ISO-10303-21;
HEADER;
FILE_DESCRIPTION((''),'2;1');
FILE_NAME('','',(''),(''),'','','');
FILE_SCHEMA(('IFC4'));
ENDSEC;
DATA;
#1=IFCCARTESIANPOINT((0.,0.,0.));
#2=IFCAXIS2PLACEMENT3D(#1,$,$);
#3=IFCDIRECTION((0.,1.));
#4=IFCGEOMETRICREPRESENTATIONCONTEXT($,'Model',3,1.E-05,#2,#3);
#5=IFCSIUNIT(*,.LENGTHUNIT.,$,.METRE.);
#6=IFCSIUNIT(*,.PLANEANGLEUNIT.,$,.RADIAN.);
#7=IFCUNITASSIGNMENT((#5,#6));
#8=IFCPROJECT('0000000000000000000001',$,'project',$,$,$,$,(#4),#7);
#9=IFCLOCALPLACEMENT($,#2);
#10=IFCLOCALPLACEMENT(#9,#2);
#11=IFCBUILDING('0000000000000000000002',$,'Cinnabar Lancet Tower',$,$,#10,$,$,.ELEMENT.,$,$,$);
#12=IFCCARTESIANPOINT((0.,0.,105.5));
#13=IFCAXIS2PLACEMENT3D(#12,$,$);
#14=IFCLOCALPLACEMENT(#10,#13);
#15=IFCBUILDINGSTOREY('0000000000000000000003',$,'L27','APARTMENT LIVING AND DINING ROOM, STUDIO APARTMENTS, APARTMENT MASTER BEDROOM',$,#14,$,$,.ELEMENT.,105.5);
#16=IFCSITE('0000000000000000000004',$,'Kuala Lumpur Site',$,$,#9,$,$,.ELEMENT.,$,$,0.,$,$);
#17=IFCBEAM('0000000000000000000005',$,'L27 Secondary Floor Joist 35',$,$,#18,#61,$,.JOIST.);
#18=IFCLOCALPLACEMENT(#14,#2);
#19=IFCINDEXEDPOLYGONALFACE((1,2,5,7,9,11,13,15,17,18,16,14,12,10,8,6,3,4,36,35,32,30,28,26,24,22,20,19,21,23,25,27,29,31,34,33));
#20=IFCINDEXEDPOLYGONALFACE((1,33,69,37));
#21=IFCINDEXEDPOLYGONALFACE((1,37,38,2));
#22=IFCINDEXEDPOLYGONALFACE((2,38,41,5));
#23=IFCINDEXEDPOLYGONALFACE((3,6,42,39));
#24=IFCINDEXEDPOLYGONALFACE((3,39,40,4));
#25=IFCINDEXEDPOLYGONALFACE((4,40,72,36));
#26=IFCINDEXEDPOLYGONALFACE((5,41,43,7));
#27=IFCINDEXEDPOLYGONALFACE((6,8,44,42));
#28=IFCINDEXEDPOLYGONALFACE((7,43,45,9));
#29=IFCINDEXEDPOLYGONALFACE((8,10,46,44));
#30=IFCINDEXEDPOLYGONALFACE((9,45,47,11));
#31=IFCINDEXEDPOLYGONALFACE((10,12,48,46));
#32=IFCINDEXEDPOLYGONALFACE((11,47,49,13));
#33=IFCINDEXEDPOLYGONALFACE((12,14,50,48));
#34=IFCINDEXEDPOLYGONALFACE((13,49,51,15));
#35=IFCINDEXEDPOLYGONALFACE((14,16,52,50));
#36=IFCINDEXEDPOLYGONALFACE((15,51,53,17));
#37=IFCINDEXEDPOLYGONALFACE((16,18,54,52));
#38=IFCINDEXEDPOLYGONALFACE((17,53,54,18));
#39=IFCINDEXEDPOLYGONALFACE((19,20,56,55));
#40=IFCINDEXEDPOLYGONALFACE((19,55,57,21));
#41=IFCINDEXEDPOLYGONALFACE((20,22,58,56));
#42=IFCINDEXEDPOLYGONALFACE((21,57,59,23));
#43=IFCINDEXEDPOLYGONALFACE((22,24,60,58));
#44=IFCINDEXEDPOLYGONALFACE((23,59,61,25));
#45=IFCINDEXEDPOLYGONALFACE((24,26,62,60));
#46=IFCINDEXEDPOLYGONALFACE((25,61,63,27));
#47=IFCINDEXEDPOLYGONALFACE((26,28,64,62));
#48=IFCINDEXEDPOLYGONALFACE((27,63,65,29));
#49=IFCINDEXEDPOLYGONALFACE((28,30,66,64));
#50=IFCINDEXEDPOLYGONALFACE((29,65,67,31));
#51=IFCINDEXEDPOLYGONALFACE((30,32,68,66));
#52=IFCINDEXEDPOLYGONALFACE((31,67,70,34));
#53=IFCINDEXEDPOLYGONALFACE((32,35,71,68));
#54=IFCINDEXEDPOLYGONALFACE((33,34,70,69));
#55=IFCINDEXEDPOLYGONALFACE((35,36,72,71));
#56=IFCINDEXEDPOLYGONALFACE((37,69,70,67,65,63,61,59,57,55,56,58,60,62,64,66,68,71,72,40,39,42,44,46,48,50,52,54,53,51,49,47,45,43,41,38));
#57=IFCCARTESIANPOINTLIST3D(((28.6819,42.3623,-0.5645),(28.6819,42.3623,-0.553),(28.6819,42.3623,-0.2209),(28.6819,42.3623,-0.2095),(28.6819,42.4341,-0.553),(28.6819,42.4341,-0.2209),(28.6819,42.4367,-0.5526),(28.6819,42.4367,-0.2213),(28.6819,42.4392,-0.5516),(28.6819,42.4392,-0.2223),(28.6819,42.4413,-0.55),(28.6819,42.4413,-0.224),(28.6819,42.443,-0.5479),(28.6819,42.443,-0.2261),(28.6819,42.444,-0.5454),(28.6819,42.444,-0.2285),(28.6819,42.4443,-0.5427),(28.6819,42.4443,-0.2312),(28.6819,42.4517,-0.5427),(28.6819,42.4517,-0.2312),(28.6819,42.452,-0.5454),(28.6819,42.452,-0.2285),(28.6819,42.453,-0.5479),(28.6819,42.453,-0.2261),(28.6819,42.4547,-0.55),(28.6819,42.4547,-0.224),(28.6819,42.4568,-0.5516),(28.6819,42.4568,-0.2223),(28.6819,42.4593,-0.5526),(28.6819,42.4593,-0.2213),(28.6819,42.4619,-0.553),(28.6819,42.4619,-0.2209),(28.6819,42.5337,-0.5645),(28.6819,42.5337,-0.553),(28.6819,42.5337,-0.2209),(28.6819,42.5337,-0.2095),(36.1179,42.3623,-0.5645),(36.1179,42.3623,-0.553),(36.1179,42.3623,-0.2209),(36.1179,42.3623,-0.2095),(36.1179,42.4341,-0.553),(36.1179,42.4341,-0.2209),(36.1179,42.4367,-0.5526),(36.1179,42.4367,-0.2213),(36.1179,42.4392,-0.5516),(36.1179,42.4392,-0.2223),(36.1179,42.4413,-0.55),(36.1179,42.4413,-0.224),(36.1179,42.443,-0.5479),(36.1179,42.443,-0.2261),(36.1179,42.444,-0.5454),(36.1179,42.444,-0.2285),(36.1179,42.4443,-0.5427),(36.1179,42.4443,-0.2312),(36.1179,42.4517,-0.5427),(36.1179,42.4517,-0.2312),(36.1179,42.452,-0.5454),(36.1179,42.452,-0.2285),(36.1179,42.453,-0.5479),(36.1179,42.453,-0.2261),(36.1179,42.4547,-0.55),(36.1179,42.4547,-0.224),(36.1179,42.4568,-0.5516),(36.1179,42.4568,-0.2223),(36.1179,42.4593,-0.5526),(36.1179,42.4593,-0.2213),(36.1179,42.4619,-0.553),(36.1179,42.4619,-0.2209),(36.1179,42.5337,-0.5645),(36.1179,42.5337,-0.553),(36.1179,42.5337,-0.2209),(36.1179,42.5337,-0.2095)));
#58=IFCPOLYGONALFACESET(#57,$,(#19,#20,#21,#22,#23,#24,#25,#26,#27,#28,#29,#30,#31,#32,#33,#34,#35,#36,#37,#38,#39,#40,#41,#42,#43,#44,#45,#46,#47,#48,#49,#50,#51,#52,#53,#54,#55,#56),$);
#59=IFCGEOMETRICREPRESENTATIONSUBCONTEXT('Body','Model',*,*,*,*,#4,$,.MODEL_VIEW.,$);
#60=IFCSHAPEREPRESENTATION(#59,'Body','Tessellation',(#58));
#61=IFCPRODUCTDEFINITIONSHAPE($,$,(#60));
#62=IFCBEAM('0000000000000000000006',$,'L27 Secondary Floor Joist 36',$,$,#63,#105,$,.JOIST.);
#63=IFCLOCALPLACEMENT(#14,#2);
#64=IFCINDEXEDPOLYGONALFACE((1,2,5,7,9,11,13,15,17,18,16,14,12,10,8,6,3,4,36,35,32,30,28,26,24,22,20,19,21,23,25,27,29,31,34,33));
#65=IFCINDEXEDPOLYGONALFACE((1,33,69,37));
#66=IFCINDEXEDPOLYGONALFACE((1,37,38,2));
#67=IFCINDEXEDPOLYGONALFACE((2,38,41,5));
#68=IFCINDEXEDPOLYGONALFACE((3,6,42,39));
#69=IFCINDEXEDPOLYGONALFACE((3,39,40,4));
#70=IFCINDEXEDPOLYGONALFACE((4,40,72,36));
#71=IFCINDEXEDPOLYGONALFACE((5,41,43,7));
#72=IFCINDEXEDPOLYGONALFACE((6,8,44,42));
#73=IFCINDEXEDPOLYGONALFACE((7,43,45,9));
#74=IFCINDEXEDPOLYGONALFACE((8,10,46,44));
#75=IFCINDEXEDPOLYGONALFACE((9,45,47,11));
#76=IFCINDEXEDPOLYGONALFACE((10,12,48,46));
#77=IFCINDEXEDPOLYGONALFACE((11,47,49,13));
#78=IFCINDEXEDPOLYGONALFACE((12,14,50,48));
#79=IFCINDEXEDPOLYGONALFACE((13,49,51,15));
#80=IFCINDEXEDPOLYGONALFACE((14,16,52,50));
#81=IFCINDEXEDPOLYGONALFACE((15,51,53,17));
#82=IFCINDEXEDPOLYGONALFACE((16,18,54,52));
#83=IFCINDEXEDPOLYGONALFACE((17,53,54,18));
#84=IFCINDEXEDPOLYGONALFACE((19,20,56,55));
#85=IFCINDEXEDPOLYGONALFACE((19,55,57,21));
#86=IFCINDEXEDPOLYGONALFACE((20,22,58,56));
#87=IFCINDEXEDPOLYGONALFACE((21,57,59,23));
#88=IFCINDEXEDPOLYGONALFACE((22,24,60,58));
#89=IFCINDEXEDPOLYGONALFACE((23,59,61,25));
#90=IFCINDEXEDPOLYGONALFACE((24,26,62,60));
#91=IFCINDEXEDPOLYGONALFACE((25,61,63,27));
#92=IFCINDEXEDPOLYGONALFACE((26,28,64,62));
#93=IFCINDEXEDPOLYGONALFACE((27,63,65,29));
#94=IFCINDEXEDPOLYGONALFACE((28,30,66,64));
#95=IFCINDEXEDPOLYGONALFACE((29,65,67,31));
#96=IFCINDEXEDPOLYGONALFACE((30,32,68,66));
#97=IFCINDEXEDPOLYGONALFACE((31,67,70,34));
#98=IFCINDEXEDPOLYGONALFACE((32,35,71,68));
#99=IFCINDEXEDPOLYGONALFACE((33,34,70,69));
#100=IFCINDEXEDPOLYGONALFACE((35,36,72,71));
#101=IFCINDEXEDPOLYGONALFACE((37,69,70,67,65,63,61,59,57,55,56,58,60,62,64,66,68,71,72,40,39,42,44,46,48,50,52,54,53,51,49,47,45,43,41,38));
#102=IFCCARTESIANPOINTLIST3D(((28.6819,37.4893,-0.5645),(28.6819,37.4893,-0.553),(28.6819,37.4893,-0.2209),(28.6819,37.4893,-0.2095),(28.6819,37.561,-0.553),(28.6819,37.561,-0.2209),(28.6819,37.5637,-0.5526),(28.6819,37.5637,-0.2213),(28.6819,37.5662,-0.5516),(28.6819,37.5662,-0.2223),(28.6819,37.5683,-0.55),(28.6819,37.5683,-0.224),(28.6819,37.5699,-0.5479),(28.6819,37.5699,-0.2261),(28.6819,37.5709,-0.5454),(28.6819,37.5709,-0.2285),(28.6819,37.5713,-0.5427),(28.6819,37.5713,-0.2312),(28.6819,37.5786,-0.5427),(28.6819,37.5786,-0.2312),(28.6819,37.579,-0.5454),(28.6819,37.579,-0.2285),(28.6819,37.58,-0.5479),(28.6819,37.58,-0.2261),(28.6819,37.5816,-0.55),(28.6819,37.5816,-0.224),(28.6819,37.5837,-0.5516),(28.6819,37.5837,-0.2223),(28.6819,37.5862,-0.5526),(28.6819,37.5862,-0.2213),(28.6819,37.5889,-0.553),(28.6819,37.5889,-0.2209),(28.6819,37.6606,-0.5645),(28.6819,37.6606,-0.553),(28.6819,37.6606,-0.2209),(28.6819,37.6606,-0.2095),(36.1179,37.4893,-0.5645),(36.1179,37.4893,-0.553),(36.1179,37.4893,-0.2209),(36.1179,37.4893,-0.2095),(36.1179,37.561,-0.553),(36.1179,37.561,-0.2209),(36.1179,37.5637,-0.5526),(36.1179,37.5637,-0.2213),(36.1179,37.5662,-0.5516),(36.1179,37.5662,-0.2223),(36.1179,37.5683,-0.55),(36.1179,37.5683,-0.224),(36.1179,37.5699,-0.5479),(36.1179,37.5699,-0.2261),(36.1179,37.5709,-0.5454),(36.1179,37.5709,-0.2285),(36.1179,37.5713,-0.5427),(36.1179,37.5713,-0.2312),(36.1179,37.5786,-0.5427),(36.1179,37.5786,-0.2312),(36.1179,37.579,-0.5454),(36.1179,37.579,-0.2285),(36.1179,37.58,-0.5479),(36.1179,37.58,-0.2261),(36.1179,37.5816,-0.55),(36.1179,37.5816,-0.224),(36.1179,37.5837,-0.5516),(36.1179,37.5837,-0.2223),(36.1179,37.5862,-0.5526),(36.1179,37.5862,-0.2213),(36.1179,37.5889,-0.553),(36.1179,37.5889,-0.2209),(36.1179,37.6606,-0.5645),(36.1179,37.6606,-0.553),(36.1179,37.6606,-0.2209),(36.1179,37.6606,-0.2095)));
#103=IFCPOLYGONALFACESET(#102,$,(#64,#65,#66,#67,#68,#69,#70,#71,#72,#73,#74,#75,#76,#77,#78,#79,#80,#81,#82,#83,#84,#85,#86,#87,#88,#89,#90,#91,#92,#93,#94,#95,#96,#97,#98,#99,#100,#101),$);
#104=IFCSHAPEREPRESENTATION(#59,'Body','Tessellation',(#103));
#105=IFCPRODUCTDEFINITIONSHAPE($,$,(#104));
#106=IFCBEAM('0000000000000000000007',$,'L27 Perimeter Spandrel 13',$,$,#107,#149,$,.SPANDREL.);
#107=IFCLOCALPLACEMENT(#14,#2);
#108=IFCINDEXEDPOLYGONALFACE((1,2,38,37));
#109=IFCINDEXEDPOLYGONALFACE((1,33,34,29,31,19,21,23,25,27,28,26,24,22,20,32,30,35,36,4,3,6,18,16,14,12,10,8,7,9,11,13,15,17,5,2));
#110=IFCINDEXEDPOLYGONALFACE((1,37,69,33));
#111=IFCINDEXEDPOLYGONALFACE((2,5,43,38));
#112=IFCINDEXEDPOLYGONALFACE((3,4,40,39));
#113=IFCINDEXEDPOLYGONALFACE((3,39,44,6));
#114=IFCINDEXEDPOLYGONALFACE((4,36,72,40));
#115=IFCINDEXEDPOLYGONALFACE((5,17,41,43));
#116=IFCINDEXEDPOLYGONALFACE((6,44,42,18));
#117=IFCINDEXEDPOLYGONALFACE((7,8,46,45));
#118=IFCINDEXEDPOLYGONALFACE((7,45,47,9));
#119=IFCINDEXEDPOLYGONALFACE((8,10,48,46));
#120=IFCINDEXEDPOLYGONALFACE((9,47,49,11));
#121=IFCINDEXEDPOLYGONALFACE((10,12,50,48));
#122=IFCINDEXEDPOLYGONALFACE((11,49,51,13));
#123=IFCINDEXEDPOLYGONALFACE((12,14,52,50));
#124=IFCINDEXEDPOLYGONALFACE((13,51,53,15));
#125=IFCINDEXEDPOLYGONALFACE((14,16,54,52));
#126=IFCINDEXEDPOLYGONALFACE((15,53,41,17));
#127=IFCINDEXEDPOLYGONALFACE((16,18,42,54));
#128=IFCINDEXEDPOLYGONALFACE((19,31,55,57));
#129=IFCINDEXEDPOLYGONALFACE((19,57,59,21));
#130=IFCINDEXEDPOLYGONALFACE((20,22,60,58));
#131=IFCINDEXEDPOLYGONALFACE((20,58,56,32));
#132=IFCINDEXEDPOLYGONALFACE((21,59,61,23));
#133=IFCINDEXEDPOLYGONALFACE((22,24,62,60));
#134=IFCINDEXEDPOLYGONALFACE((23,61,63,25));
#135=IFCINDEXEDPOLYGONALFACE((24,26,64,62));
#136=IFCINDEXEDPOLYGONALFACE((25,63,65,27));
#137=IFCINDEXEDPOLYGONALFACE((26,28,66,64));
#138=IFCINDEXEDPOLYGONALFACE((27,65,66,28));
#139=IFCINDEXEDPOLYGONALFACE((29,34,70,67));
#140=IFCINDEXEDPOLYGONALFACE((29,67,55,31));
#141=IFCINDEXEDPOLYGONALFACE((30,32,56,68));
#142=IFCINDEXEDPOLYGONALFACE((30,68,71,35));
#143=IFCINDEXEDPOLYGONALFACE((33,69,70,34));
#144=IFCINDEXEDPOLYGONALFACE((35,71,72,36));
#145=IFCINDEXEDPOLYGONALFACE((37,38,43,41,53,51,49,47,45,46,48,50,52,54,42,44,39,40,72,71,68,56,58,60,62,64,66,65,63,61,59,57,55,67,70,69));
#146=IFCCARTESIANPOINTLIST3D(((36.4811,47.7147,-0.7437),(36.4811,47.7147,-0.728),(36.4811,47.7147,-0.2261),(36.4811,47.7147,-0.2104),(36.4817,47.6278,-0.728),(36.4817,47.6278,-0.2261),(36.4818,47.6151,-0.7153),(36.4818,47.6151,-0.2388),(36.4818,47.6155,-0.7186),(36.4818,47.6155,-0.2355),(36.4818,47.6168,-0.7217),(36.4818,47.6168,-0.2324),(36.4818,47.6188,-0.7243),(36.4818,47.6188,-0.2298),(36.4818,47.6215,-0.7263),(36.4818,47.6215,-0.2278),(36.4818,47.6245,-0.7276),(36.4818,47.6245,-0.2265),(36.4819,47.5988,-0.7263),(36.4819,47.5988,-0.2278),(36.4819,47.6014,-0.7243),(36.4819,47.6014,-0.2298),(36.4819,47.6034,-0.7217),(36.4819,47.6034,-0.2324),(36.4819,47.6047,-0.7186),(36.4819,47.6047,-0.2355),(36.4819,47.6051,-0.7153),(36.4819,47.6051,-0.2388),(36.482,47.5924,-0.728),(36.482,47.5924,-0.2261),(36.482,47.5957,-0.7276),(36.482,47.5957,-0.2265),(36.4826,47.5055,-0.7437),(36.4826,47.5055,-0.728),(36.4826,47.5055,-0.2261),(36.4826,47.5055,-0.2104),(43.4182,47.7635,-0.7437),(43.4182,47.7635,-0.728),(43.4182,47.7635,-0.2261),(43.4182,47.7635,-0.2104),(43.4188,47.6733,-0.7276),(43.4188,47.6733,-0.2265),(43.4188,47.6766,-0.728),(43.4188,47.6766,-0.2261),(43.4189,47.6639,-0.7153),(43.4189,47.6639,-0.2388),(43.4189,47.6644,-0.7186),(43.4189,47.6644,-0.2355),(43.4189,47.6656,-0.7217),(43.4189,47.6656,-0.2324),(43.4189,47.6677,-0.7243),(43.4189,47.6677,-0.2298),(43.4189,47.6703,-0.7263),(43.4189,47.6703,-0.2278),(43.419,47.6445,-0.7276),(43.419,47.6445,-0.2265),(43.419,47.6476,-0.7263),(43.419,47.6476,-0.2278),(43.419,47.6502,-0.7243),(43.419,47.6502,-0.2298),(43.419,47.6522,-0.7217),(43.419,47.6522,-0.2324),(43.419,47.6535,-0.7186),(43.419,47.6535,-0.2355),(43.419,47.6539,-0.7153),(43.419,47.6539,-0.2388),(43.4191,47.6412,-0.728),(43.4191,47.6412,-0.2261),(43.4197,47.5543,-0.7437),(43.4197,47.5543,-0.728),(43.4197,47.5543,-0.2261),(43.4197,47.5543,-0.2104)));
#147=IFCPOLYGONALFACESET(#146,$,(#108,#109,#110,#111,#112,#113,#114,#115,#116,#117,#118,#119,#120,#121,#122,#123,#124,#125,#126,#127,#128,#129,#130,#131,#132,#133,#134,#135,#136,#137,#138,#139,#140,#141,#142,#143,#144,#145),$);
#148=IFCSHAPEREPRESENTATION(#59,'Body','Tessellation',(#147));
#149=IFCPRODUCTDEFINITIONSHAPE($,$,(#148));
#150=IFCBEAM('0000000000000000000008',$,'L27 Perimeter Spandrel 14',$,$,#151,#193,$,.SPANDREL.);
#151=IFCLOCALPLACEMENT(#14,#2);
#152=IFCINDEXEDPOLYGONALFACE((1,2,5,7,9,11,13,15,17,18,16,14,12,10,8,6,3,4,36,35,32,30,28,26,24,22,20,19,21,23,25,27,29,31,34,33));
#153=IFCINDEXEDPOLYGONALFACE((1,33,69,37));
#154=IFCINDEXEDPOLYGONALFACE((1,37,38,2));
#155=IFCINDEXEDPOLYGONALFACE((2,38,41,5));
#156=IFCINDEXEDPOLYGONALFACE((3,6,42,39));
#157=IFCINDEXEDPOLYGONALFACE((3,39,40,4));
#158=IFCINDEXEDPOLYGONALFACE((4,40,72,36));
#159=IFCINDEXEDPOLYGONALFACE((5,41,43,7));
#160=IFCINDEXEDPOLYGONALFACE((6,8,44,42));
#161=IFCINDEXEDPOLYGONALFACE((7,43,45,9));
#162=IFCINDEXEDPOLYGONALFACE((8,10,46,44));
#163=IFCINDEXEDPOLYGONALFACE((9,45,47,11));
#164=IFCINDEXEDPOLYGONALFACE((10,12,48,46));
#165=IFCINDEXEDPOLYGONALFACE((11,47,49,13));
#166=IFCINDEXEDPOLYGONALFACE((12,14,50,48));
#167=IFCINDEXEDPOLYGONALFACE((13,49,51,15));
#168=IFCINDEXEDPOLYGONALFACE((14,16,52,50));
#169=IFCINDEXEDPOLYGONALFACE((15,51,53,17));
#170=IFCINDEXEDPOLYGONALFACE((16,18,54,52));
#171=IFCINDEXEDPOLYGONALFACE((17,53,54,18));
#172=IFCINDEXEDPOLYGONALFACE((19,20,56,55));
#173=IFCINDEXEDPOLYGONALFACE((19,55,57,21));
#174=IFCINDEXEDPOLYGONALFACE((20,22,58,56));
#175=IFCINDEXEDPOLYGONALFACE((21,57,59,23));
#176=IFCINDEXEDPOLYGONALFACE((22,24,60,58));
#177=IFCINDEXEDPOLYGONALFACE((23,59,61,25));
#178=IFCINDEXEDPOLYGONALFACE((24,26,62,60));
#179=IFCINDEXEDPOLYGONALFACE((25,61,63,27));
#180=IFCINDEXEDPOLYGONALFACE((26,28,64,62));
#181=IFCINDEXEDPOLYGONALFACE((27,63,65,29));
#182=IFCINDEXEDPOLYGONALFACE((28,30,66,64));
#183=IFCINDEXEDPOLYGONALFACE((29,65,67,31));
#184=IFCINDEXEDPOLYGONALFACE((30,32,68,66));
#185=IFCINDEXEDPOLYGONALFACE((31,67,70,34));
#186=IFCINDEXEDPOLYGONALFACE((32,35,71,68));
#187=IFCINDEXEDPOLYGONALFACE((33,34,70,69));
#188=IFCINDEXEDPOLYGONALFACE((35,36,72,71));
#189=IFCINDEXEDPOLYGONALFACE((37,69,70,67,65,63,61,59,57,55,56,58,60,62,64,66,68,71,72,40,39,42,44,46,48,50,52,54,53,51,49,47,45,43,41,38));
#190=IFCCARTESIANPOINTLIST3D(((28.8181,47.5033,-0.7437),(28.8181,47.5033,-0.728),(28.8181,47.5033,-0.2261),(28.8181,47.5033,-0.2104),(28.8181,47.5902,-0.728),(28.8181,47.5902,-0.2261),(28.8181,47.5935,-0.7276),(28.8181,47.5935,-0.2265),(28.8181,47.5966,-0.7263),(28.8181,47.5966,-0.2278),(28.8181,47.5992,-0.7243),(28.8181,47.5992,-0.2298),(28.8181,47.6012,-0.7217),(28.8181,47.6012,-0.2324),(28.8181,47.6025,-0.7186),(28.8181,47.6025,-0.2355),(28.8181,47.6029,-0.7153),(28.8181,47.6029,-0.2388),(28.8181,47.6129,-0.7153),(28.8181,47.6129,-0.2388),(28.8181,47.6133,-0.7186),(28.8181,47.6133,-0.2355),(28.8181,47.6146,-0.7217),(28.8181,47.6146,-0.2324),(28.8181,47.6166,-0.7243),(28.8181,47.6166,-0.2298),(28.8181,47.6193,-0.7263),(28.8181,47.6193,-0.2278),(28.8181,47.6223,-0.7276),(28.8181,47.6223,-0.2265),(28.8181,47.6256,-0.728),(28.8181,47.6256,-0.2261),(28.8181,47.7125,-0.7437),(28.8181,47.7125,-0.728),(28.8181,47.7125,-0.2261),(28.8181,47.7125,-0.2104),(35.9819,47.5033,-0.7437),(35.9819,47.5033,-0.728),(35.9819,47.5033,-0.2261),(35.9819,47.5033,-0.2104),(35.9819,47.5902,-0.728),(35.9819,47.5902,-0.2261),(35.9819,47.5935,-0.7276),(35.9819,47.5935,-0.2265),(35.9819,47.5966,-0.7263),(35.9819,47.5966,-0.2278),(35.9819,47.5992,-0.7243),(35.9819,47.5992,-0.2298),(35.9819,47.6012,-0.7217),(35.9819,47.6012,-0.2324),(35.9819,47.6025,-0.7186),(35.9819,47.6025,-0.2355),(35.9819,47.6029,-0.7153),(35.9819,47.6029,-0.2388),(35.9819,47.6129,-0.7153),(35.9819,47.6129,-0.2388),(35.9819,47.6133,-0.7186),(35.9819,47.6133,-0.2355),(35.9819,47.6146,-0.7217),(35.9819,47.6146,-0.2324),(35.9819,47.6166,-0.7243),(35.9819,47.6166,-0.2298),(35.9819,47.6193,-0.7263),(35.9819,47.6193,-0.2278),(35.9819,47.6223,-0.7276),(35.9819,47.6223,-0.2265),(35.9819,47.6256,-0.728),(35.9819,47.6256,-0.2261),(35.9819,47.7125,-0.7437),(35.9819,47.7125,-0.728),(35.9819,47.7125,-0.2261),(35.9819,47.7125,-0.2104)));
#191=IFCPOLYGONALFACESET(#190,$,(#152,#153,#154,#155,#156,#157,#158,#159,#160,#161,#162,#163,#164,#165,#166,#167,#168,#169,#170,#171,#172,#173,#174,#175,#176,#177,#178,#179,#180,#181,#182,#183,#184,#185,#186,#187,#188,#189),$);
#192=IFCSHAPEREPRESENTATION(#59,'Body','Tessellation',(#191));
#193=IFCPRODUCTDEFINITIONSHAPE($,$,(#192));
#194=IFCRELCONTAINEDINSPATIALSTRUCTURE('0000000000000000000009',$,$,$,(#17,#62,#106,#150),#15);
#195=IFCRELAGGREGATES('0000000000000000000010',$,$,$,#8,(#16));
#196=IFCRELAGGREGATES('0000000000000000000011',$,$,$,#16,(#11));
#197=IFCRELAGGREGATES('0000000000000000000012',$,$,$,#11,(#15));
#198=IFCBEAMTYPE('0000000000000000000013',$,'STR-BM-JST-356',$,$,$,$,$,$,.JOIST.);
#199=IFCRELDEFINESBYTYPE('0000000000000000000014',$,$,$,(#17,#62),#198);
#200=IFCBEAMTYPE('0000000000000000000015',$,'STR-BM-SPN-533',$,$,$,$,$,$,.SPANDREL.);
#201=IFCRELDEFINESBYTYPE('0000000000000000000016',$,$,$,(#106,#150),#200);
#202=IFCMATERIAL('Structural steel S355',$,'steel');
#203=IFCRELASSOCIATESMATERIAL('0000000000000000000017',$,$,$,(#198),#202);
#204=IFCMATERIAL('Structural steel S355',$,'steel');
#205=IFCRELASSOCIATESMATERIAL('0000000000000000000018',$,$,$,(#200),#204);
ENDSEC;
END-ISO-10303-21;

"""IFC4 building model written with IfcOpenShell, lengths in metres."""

from ifc_helpers import new_model, si_unit, direction, frame, origin, origin_2d, place, context, subcontext, project, spatial, i_section, extrude, material, material_profile, profile_set, type_object, element, save


model = new_model("IFC4")

# Units and contexts
model_context = context("Model", 3, precision=1e-05, world=origin(), true_north=direction((0.0, 1.0)))
body_context = subcontext(model_context, "Body", "Model", "MODEL_VIEW")
ifc_project = project(units=[si_unit("LENGTHUNIT", "METRE"), si_unit("PLANEANGLEUNIT", "RADIAN")], contexts=[model_context])

# Site, building, storey
site_placement = place(None, origin())
site = spatial("IfcSite", under=ifc_project, at=site_placement, Name="Kuala Lumpur Site", CompositionType="ELEMENT", RefElevation=0.0)
building_placement = place(site_placement, origin())
building = spatial("IfcBuilding", under=site, at=building_placement, Name="Cinnabar Lancet Tower", CompositionType="ELEMENT")
storey_placement = place(building_placement, frame((0.0, 0.0, 105.5)))
storey = spatial("IfcBuildingStorey", under=building, at=storey_placement, Name="L27", Description="APARTMENT LIVING AND DINING ROOM, STUDIO APARTMENTS, APARTMENT MASTER BEDROOM", CompositionType="ELEMENT", Elevation=105.5)

# Beams
ifc_material_1 = material(Name="Structural steel S355", Category="steel")
ifc_material_profile_1 = material_profile(ifc_material_1, i_section(OverallWidth=0.1714, OverallDepth=0.355, WebThickness=0.0073, FlangeThickness=0.0115, FilletRadius=0.0103, at=origin_2d()), Name="UKB 356x171x51")
ifc_profile_set_1 = profile_set([ifc_material_profile_1], Name="Structural steel S355")
beam_type_1 = type_object("IfcBeamType", Name="STR-BM-JST-356", PredefinedType="JOIST", material=ifc_profile_set_1)
for number, where, z_axis, x_axis, name in (
    (1, (36.1179, 42.448, -0.387), (-1.0, 0.0, 0.0), (0.0, -1.0, 0.0), "L27 Secondary Floor Joist 35"),
    (2, (36.1179, 37.575, -0.387), (-1.0, 0.0, 0.0), (0.0, -1.0, 0.0), "L27 Secondary Floor Joist 36"),
):
    element("IfcBeam", number, at=place(storey_placement, frame(where, z_axis=z_axis, x_axis=x_axis)), inside=storey, type_object=beam_type_1, Name=name, PredefinedType="JOIST", context=body_context, shape_type="SweptSolid", body=[
        extrude(i_section(OverallWidth=0.1714, OverallDepth=0.355, WebThickness=0.0073, FlangeThickness=0.0115, FilletRadius=0.0103, at=origin_2d()), origin(), (0.0, 0.0, 1.0), 7.436),
    ])
ifc_material_2 = material(Name="Structural steel S355", Category="steel")
ifc_material_profile_2 = material_profile(ifc_material_2, i_section(OverallWidth=0.2092, OverallDepth=0.5332, WebThickness=0.01, FlangeThickness=0.0156, FilletRadius=0.0127, at=origin_2d()), Name="UKB 533x210x92")
ifc_profile_set_2 = profile_set([ifc_material_profile_2], Name="Structural steel S355")
beam_type_2 = type_object("IfcBeamType", Name="STR-BM-SPN-533", PredefinedType="SPANDREL", material=ifc_profile_set_2)
beam_1_placement = place(storey_placement, frame((43.4189, 47.6589, -0.4771), z_axis=(-0.999975, -0.007039, 0.0), x_axis=(0.007039, -0.999975, 0.0)))
element("IfcBeam", 3, at=beam_1_placement, inside=storey, type_object=beam_type_2, Name="L27 Perimeter Spandrel 13", PredefinedType="SPANDREL", context=body_context, shape_type="SweptSolid", body=[
    extrude(i_section(OverallWidth=0.2092, OverallDepth=0.5332, WebThickness=0.01, FlangeThickness=0.0156, FilletRadius=0.0127, at=origin_2d()), origin(), (0.0, 0.0, 1.0), 6.9373),
])
beam_2_placement = place(storey_placement, frame((35.9819, 47.6079, -0.4771), z_axis=(-1.0, 0.0, 0.0), x_axis=(0.0, -1.0, 0.0)))
element("IfcBeam", 4, at=beam_2_placement, inside=storey, type_object=beam_type_2, Name="L27 Perimeter Spandrel 14", PredefinedType="SPANDREL", context=body_context, shape_type="SweptSolid", body=[
    extrude(i_section(OverallWidth=0.2092, OverallDepth=0.5332, WebThickness=0.01, FlangeThickness=0.0156, FilletRadius=0.0127, at=origin_2d()), origin(), (0.0, 0.0, 1.0), 7.1638),
])

save(model, "model.ifc")
